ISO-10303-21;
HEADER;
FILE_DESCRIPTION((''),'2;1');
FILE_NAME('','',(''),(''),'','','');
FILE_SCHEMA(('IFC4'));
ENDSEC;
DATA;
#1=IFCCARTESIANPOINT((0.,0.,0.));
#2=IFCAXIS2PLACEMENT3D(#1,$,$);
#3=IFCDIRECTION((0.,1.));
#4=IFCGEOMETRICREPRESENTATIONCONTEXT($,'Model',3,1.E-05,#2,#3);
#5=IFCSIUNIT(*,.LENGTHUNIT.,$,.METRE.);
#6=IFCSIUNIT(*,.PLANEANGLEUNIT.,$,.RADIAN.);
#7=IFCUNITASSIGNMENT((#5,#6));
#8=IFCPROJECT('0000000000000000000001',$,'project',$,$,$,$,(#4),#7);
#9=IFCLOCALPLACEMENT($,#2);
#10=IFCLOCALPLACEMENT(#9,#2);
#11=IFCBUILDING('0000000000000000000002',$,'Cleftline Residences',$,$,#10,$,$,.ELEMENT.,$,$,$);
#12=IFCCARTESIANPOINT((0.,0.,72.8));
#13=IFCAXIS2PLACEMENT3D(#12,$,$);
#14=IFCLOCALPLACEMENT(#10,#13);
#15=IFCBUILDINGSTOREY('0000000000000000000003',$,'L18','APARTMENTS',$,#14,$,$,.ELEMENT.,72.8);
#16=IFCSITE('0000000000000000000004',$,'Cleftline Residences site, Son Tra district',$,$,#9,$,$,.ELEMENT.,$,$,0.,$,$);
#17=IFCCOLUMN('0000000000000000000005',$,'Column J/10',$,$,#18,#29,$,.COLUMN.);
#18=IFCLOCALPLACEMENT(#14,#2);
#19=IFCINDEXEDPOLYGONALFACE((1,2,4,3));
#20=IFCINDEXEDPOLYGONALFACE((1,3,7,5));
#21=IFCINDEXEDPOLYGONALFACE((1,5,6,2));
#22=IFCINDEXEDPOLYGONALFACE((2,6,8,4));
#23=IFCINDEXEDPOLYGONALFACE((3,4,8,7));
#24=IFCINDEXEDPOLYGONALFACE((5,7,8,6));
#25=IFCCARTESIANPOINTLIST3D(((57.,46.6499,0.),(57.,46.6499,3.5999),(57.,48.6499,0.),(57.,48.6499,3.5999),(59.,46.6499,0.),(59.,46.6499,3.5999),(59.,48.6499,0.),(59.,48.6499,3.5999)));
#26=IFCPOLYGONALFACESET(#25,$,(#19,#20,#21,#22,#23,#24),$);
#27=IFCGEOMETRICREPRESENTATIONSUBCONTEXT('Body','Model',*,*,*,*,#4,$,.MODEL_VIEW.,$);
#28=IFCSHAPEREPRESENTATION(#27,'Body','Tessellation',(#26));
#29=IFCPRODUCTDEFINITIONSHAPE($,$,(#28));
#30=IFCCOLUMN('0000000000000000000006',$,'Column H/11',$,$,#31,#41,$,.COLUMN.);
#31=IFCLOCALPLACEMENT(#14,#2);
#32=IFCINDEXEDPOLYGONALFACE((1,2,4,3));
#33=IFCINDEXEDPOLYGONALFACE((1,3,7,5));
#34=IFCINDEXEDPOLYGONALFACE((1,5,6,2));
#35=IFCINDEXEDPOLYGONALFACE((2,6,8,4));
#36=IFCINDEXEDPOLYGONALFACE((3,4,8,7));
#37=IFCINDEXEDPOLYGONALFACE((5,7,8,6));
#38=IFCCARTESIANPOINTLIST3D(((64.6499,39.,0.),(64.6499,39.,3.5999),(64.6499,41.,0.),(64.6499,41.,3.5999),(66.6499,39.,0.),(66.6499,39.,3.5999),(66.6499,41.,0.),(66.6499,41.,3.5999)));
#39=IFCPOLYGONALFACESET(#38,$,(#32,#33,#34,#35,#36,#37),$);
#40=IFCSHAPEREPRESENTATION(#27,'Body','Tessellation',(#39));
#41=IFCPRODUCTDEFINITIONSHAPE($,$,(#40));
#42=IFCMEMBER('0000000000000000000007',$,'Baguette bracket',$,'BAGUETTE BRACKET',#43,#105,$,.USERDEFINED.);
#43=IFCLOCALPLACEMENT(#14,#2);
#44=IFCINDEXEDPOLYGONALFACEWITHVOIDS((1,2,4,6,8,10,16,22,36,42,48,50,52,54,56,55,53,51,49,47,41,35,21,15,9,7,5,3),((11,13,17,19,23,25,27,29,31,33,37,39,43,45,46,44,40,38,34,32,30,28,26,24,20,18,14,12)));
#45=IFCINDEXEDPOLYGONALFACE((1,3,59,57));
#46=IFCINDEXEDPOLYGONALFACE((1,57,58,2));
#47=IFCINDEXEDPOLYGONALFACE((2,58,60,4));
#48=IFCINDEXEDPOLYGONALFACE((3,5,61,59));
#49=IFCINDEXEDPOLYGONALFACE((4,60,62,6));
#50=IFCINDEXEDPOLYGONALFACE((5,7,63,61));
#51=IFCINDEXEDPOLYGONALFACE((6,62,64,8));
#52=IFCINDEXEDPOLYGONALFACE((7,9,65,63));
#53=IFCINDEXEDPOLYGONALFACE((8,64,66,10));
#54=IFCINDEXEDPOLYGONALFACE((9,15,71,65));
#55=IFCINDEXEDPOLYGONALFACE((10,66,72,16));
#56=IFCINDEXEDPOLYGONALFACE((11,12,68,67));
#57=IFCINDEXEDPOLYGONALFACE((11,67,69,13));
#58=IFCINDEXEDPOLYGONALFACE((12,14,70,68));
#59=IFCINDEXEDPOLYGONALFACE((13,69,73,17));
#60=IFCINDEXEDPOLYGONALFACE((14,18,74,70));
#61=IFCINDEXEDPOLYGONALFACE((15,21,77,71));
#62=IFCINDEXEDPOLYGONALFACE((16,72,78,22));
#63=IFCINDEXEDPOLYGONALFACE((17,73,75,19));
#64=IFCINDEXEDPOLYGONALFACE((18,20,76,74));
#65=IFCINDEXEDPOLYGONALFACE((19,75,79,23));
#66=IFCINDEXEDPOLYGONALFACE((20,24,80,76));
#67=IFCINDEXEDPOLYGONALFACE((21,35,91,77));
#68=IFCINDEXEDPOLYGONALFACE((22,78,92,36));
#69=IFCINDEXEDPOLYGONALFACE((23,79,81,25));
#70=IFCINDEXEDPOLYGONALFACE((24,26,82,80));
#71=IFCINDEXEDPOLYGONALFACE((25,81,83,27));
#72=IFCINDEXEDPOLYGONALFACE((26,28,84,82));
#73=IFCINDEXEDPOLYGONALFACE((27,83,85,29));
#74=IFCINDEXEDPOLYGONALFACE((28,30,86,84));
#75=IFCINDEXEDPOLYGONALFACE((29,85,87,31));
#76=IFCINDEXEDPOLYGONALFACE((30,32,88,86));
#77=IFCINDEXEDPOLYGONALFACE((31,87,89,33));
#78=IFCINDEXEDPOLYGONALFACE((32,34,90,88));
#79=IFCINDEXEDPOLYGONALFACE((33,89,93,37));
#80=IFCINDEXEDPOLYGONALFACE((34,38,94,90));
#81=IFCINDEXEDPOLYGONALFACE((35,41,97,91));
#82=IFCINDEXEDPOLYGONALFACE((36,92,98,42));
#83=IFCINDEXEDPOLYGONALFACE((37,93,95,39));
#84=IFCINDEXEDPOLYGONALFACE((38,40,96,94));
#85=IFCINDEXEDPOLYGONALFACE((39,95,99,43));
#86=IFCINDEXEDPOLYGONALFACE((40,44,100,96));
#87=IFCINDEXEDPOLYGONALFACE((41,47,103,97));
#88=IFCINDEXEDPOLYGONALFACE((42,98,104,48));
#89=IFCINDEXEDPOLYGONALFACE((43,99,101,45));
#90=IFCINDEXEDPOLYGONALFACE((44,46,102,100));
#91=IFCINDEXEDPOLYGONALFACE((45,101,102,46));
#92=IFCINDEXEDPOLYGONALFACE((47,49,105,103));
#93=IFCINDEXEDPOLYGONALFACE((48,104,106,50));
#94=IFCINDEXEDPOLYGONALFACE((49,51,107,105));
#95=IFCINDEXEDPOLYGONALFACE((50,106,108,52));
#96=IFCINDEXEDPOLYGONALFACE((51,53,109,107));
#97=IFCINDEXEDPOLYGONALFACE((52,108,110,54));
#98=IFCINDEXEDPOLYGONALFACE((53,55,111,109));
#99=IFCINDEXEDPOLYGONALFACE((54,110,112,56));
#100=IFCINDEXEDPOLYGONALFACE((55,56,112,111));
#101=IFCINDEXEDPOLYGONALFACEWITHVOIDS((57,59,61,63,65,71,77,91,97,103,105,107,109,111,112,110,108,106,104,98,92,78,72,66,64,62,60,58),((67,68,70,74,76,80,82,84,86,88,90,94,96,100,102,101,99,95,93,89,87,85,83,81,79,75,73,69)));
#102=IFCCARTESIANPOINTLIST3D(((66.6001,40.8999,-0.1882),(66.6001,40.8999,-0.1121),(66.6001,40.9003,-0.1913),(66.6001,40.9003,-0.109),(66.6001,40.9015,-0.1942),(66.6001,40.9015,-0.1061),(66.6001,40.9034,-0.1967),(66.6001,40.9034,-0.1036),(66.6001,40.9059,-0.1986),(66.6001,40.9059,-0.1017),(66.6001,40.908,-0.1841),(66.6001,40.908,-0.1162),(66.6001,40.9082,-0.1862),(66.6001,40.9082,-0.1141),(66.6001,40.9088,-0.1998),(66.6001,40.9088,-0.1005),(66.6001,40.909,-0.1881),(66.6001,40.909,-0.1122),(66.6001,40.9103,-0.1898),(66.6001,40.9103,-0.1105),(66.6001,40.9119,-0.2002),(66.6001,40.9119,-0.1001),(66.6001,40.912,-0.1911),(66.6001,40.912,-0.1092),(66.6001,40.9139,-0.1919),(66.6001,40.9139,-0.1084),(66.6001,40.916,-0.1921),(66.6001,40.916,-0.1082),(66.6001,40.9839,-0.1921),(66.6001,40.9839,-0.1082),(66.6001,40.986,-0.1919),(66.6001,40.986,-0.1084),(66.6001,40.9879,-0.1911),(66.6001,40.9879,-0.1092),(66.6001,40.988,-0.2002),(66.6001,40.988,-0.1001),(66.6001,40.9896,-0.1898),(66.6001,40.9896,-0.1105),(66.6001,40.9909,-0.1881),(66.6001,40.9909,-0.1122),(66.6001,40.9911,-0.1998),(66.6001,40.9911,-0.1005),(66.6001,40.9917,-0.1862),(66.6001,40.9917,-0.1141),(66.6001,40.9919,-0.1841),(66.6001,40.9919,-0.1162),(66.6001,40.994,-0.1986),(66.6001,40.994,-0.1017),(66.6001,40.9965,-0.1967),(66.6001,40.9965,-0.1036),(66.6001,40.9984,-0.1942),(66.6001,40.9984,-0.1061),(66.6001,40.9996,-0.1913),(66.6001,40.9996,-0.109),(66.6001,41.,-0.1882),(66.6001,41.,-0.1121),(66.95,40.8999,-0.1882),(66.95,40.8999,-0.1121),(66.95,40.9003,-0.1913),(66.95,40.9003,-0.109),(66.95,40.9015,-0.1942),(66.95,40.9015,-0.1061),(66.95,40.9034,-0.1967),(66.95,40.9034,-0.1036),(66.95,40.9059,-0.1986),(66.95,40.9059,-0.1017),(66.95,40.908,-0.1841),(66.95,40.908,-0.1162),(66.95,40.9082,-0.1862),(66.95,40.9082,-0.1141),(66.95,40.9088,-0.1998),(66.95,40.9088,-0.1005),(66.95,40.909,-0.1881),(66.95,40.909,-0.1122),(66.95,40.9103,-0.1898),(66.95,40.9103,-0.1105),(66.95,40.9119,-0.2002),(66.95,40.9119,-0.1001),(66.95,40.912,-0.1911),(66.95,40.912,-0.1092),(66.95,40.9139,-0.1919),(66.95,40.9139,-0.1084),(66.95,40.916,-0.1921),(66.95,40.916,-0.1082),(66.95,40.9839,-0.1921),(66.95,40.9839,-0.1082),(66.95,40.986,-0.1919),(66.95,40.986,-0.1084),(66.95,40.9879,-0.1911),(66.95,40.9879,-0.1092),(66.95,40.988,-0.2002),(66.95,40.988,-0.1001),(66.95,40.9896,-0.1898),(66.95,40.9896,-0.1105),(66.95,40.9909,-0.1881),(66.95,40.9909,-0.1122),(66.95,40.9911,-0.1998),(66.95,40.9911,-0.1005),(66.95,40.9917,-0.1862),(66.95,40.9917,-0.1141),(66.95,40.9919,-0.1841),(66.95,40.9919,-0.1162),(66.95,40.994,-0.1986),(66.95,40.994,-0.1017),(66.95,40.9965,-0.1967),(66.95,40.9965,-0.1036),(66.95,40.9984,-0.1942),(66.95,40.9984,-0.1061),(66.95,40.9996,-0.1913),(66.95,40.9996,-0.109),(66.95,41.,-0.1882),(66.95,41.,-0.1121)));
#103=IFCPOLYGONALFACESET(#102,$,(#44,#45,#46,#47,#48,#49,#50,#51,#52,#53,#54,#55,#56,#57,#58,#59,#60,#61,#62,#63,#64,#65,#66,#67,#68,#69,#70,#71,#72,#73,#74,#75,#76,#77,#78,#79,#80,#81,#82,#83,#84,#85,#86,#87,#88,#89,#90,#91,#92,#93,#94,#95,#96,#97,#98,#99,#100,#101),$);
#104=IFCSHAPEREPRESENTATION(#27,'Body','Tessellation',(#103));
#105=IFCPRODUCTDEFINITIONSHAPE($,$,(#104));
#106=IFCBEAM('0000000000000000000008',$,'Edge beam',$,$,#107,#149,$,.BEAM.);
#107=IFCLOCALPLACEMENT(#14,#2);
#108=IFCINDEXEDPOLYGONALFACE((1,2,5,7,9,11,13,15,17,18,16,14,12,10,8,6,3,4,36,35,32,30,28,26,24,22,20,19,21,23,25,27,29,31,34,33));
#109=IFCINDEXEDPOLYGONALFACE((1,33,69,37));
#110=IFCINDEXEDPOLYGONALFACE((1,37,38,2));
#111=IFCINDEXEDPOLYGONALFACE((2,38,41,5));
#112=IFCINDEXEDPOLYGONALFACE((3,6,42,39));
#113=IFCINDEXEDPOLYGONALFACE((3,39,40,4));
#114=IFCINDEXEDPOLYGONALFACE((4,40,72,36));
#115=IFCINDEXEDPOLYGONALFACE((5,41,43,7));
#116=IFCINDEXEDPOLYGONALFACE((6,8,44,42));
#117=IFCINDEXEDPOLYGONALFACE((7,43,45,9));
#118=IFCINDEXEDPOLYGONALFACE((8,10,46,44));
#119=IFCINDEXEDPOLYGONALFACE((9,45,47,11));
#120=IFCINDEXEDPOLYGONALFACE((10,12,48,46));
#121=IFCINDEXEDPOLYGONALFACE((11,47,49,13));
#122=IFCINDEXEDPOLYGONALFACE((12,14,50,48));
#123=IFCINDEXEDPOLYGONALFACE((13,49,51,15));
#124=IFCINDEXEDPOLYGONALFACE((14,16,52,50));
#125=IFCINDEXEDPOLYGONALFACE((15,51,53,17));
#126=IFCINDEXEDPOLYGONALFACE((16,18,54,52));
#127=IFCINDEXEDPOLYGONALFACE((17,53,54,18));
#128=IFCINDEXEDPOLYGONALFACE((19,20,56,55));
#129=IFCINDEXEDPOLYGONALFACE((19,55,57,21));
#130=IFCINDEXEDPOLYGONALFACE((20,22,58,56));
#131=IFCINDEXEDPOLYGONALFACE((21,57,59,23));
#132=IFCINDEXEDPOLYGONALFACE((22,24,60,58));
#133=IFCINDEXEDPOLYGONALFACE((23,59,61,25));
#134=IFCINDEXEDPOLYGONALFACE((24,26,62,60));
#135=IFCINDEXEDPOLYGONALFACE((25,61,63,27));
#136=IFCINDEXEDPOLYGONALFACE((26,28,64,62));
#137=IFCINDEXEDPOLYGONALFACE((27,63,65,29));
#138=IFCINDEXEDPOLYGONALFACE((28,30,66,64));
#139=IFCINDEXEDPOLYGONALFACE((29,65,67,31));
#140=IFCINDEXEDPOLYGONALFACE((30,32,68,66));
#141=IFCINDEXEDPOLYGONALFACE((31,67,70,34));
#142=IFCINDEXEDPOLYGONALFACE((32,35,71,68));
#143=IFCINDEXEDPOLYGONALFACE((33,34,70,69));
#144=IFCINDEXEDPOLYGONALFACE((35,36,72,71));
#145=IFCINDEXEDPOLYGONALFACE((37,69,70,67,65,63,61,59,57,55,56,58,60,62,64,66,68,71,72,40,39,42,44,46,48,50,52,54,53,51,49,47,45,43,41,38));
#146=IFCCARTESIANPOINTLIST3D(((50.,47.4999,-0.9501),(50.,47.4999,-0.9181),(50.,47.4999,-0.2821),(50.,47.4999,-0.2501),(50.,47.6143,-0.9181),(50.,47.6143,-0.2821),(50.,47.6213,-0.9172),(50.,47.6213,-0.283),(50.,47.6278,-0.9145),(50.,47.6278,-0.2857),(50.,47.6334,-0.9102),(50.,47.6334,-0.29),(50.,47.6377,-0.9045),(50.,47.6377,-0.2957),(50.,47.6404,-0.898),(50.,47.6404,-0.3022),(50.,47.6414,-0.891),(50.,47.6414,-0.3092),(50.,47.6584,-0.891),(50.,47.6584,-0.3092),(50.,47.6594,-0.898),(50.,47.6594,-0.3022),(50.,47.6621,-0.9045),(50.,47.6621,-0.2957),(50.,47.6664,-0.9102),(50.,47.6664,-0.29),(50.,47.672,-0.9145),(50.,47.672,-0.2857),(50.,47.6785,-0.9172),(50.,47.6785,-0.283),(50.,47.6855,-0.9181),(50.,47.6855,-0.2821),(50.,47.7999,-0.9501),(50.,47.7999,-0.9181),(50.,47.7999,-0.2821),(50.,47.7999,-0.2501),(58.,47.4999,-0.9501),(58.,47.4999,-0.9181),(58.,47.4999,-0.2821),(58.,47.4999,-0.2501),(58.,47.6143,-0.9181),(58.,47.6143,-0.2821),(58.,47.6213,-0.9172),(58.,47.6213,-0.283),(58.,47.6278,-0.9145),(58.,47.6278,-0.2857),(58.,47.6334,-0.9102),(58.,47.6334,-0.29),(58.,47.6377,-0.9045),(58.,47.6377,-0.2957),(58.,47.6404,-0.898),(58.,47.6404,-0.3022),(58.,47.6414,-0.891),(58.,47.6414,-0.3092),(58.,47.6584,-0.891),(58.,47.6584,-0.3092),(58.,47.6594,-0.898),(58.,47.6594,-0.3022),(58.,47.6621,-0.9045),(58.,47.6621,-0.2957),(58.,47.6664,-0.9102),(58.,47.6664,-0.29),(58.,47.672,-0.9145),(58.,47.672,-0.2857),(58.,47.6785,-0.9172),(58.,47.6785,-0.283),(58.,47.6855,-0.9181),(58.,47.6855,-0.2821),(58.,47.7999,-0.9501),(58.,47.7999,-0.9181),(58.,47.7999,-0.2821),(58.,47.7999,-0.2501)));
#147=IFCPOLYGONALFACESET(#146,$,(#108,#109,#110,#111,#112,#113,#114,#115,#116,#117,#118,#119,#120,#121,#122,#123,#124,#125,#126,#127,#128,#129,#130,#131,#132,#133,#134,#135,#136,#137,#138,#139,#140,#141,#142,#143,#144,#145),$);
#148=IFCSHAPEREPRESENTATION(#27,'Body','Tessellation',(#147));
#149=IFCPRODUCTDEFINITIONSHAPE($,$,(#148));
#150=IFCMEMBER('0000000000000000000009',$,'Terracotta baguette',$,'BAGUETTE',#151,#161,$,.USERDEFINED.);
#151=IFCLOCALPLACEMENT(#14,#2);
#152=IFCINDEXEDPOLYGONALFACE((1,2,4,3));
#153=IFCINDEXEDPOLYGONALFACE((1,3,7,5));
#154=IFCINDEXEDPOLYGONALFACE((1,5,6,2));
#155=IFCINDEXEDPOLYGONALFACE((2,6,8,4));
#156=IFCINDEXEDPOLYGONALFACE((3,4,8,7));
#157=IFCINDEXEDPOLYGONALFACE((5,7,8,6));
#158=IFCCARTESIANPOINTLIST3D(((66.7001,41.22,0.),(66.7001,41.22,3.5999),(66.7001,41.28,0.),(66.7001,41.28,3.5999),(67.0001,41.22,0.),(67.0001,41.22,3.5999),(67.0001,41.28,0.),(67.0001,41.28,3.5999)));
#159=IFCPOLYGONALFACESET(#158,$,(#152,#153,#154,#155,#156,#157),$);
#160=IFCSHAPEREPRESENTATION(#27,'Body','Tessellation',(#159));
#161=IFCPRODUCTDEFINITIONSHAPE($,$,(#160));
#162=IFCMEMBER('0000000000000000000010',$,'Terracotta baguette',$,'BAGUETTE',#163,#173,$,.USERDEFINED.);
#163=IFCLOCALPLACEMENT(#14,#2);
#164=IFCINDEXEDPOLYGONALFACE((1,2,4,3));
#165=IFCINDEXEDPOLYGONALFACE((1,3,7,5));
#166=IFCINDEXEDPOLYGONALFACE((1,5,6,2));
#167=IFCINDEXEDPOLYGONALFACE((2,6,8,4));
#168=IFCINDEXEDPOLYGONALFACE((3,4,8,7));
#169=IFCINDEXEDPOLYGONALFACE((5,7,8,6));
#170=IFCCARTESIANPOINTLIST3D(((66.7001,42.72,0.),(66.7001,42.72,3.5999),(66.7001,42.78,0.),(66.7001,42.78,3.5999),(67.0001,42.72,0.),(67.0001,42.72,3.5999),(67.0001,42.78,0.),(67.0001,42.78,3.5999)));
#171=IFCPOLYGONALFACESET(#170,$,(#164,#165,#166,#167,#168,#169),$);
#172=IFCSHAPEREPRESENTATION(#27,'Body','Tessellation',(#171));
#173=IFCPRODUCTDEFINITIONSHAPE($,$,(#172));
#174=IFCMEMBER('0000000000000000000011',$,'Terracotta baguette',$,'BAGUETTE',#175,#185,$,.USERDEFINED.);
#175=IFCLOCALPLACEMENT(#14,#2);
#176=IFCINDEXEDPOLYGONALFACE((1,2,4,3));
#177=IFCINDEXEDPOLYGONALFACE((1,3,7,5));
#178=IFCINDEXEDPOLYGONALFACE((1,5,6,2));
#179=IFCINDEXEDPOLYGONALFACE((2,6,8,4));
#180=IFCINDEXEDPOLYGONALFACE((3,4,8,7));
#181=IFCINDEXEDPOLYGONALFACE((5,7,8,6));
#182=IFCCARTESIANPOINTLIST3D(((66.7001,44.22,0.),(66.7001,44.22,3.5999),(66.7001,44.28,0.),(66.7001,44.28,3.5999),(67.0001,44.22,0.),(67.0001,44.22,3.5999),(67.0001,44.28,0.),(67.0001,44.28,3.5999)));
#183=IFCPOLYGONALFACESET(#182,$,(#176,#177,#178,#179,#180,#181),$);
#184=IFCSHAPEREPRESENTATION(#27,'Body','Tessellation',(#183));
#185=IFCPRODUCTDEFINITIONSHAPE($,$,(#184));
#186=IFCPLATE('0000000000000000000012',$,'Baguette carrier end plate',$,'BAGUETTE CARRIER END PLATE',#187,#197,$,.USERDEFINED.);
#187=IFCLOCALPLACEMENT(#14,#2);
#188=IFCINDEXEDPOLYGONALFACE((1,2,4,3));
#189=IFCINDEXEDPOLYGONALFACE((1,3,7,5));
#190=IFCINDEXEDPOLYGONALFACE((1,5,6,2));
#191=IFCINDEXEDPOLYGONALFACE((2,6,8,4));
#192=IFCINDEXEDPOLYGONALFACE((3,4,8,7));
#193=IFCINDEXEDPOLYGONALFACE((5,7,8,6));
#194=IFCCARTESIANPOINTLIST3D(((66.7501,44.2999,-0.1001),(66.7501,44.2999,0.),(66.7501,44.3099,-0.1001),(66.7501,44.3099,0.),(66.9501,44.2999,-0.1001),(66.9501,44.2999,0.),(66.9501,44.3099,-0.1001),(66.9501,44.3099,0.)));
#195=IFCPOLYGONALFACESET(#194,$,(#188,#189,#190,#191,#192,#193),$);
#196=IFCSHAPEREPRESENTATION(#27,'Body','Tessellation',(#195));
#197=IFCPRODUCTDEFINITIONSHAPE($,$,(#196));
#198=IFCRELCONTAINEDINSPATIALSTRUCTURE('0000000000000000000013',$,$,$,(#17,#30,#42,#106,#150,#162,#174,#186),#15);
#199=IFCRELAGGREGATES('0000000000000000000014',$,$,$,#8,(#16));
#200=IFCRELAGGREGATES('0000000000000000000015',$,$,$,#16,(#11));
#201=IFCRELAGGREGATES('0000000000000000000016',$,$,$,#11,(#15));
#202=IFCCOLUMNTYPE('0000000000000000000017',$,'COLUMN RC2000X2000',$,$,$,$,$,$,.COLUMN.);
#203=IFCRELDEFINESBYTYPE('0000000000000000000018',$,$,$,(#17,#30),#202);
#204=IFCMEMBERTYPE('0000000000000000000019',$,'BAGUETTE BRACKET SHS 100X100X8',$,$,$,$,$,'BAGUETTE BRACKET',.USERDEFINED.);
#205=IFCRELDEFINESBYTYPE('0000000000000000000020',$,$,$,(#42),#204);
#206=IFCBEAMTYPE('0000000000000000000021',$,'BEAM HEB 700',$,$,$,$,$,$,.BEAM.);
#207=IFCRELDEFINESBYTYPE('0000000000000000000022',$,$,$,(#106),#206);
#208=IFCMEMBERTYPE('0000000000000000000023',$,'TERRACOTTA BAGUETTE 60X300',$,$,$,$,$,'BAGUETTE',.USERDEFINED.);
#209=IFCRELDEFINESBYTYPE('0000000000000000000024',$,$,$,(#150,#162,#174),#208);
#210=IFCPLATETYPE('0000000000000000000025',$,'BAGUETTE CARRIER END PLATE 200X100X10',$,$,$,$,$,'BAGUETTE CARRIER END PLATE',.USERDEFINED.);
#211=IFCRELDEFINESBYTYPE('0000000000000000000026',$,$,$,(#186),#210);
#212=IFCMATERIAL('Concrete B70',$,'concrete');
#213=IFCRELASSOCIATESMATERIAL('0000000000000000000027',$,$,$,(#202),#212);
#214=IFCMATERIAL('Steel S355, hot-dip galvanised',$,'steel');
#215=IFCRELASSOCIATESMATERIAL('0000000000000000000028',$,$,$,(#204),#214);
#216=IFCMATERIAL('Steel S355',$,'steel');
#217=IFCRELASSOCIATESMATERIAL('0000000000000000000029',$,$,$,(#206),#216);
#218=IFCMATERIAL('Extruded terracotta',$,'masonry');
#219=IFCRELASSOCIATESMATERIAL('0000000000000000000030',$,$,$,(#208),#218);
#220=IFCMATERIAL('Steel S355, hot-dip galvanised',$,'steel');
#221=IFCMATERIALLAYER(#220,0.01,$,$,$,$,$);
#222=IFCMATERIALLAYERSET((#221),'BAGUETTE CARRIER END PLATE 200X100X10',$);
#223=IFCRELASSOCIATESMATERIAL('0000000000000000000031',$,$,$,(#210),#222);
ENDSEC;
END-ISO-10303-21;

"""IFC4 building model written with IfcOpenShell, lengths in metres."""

from ifc_helpers import new_model, si_unit, direction, frame, origin, origin_2d, place, context, subcontext, project, spatial, rectangle, hollow_rectangle, i_section, extrude, material, layer, layer_set, material_profile, profile_set, type_object, element, save


model = new_model("IFC4")

# Units and contexts
model_context = context("Model", 3, precision=1e-05, world=origin(), true_north=direction((0.0, 1.0)))
body_context = subcontext(model_context, "Body", "Model", "MODEL_VIEW")
ifc_project = project(units=[si_unit("LENGTHUNIT", "METRE"), si_unit("PLANEANGLEUNIT", "RADIAN")], contexts=[model_context])

# Site, building, storey
site_placement = place(None, origin())
site = spatial("IfcSite", under=ifc_project, at=site_placement, Name="Cleftline Residences site, Son Tra district", CompositionType="ELEMENT", RefElevation=0.0)
building_placement = place(site_placement, origin())
building = spatial("IfcBuilding", under=site, at=building_placement, Name="Cleftline Residences", CompositionType="ELEMENT")
storey_placement = place(building_placement, frame((0.0, 0.0, 72.8)))
storey = spatial("IfcBuildingStorey", under=building, at=storey_placement, Name="L18", Description="APARTMENTS", CompositionType="ELEMENT", Elevation=72.8)

# Columns
ifc_material_1 = material(Name="Concrete B70", Category="concrete")
ifc_material_profile_1 = material_profile(ifc_material_1, rectangle(XDim=2.0, YDim=2.0, at=origin_2d()))
ifc_profile_set_1 = profile_set([ifc_material_profile_1], Name="Concrete B70")
column_type = type_object("IfcColumnType", Name="COLUMN RC2000X2000", PredefinedType="COLUMN", material=ifc_profile_set_1)
for number, where, z_axis, x_axis, name in (
    (1, (58.0, 47.6499, 0.0), (0.0, 0.0, 1.0), (1.0, 0.0, 0.0), "Column J/10"),
    (2, (65.6499, 40.0, 0.0), (0.0, 0.0, 1.0), (1.0, 0.0, 0.0), "Column H/11"),
):
    element("IfcColumn", number, at=place(storey_placement, frame(where, z_axis=z_axis, x_axis=x_axis)), inside=storey, type_object=column_type, Name=name, PredefinedType="COLUMN", context=body_context, shape_type="SweptSolid", body=[
        extrude(rectangle(XDim=2.0, YDim=2.0, at=origin_2d()), origin(), (0.0, 0.0, 1.0), 3.5999),
    ])

# Member
ifc_material_2 = material(Name="Steel S355, hot-dip galvanised", Category="steel")
ifc_material_profile_2 = material_profile(ifc_material_2, hollow_rectangle(XDim=0.1001, YDim=0.1001, WallThickness=0.0081, InnerFilletRadius=0.0081, OuterFilletRadius=0.012, at=origin_2d()))
ifc_profile_set_2 = profile_set([ifc_material_profile_2], Name="Steel S355, hot-dip galvanised")
member_type_1 = type_object("IfcMemberType", Name="BAGUETTE BRACKET SHS 100X100X8", ElementType="BAGUETTE BRACKET", PredefinedType="USERDEFINED", material=ifc_profile_set_2)
member_placement = place(storey_placement, frame((66.6001, 40.95, -0.1501), z_axis=(1.0, 0.0, 0.0), x_axis=(0.0, 1.0, 0.0)))
element("IfcMember", 3, at=member_placement, inside=storey, type_object=member_type_1, Name="Baguette bracket", ObjectType="BAGUETTE BRACKET", PredefinedType="USERDEFINED", context=body_context, shape_type="SweptSolid", body=[
    extrude(hollow_rectangle(XDim=0.1001, YDim=0.1001, WallThickness=0.0081, InnerFilletRadius=0.0081, OuterFilletRadius=0.012, at=origin_2d()), origin(), (0.0, 0.0, 1.0), 0.3499),
])

# Beam
ifc_material_3 = material(Name="Steel S355", Category="steel")
ifc_material_profile_3 = material_profile(ifc_material_3, i_section(OverallWidth=0.3, OverallDepth=0.7, WebThickness=0.0171, FlangeThickness=0.032, FilletRadius=0.0271, at=origin_2d()))
ifc_profile_set_3 = profile_set([ifc_material_profile_3], Name="Steel S355")
beam_type = type_object("IfcBeamType", Name="BEAM HEB 700", PredefinedType="BEAM", material=ifc_profile_set_3)
beam_placement = place(storey_placement, frame((58.0, 47.6499, -0.6001), z_axis=(-1.0, 0.0, 0.0), x_axis=(0.0, -1.0, 0.0)))
element("IfcBeam", 4, at=beam_placement, inside=storey, type_object=beam_type, Name="Edge beam", PredefinedType="BEAM", context=body_context, shape_type="SweptSolid", body=[
    extrude(i_section(OverallWidth=0.3, OverallDepth=0.7, WebThickness=0.0171, FlangeThickness=0.032, FilletRadius=0.0271, at=origin_2d()), origin(), (0.0, 0.0, 1.0), 8.0),
])

# Members
ifc_material_4 = material(Name="Extruded terracotta", Category="masonry")
ifc_material_profile_4 = material_profile(ifc_material_4, rectangle(XDim=0.0601, YDim=0.3, at=origin_2d()))
ifc_profile_set_4 = profile_set([ifc_material_profile_4], Name="Extruded terracotta")
member_type_2 = type_object("IfcMemberType", Name="TERRACOTTA BAGUETTE 60X300", ElementType="BAGUETTE", PredefinedType="USERDEFINED", material=ifc_profile_set_4)
for number, where, z_axis, x_axis, name in (
    (5, (66.8501, 41.25, 0.0), (0.0, 0.0, 1.0), (0.0, 1.0, 0.0), "Terracotta baguette"),
    (6, (66.8501, 42.75, 0.0), (0.0, 0.0, 1.0), (0.0, 1.0, 0.0), "Terracotta baguette"),
    (7, (66.8501, 44.25, 0.0), (0.0, 0.0, 1.0), (0.0, 1.0, 0.0), "Terracotta baguette"),
):
    element("IfcMember", number, at=place(storey_placement, frame(where, z_axis=z_axis, x_axis=x_axis)), inside=storey, type_object=member_type_2, Name=name, ObjectType="BAGUETTE", PredefinedType="USERDEFINED", context=body_context, shape_type="SweptSolid", body=[
        extrude(rectangle(XDim=0.0601, YDim=0.3, at=origin_2d()), origin(), (0.0, 0.0, 1.0), 3.5999),
    ])

# Plate
ifc_material_5 = material(Name="Steel S355, hot-dip galvanised", Category="steel")
ifc_layer_1 = layer(ifc_material_5, 0.01)
ifc_layer_set_1 = layer_set([ifc_layer_1], Name="BAGUETTE CARRIER END PLATE 200X100X10")
plate_type = type_object("IfcPlateType", Name="BAGUETTE CARRIER END PLATE 200X100X10", ElementType="BAGUETTE CARRIER END PLATE", PredefinedType="USERDEFINED", material=ifc_layer_set_1)
plate_placement = place(storey_placement, frame((66.8501, 44.3049, -0.1001), z_axis=(0.0, 0.0, 1.0), x_axis=(1.0, 0.0, 0.0)))
element("IfcPlate", 8, at=plate_placement, inside=storey, type_object=plate_type, Name="Baguette carrier end plate", ObjectType="BAGUETTE CARRIER END PLATE", PredefinedType="USERDEFINED", context=body_context, shape_type="SweptSolid", body=[
    extrude(rectangle(XDim=0.2, YDim=0.01, at=origin_2d()), origin(), (0.0, 0.0, 1.0), 0.1001),
])

save(model, "model.ifc")
